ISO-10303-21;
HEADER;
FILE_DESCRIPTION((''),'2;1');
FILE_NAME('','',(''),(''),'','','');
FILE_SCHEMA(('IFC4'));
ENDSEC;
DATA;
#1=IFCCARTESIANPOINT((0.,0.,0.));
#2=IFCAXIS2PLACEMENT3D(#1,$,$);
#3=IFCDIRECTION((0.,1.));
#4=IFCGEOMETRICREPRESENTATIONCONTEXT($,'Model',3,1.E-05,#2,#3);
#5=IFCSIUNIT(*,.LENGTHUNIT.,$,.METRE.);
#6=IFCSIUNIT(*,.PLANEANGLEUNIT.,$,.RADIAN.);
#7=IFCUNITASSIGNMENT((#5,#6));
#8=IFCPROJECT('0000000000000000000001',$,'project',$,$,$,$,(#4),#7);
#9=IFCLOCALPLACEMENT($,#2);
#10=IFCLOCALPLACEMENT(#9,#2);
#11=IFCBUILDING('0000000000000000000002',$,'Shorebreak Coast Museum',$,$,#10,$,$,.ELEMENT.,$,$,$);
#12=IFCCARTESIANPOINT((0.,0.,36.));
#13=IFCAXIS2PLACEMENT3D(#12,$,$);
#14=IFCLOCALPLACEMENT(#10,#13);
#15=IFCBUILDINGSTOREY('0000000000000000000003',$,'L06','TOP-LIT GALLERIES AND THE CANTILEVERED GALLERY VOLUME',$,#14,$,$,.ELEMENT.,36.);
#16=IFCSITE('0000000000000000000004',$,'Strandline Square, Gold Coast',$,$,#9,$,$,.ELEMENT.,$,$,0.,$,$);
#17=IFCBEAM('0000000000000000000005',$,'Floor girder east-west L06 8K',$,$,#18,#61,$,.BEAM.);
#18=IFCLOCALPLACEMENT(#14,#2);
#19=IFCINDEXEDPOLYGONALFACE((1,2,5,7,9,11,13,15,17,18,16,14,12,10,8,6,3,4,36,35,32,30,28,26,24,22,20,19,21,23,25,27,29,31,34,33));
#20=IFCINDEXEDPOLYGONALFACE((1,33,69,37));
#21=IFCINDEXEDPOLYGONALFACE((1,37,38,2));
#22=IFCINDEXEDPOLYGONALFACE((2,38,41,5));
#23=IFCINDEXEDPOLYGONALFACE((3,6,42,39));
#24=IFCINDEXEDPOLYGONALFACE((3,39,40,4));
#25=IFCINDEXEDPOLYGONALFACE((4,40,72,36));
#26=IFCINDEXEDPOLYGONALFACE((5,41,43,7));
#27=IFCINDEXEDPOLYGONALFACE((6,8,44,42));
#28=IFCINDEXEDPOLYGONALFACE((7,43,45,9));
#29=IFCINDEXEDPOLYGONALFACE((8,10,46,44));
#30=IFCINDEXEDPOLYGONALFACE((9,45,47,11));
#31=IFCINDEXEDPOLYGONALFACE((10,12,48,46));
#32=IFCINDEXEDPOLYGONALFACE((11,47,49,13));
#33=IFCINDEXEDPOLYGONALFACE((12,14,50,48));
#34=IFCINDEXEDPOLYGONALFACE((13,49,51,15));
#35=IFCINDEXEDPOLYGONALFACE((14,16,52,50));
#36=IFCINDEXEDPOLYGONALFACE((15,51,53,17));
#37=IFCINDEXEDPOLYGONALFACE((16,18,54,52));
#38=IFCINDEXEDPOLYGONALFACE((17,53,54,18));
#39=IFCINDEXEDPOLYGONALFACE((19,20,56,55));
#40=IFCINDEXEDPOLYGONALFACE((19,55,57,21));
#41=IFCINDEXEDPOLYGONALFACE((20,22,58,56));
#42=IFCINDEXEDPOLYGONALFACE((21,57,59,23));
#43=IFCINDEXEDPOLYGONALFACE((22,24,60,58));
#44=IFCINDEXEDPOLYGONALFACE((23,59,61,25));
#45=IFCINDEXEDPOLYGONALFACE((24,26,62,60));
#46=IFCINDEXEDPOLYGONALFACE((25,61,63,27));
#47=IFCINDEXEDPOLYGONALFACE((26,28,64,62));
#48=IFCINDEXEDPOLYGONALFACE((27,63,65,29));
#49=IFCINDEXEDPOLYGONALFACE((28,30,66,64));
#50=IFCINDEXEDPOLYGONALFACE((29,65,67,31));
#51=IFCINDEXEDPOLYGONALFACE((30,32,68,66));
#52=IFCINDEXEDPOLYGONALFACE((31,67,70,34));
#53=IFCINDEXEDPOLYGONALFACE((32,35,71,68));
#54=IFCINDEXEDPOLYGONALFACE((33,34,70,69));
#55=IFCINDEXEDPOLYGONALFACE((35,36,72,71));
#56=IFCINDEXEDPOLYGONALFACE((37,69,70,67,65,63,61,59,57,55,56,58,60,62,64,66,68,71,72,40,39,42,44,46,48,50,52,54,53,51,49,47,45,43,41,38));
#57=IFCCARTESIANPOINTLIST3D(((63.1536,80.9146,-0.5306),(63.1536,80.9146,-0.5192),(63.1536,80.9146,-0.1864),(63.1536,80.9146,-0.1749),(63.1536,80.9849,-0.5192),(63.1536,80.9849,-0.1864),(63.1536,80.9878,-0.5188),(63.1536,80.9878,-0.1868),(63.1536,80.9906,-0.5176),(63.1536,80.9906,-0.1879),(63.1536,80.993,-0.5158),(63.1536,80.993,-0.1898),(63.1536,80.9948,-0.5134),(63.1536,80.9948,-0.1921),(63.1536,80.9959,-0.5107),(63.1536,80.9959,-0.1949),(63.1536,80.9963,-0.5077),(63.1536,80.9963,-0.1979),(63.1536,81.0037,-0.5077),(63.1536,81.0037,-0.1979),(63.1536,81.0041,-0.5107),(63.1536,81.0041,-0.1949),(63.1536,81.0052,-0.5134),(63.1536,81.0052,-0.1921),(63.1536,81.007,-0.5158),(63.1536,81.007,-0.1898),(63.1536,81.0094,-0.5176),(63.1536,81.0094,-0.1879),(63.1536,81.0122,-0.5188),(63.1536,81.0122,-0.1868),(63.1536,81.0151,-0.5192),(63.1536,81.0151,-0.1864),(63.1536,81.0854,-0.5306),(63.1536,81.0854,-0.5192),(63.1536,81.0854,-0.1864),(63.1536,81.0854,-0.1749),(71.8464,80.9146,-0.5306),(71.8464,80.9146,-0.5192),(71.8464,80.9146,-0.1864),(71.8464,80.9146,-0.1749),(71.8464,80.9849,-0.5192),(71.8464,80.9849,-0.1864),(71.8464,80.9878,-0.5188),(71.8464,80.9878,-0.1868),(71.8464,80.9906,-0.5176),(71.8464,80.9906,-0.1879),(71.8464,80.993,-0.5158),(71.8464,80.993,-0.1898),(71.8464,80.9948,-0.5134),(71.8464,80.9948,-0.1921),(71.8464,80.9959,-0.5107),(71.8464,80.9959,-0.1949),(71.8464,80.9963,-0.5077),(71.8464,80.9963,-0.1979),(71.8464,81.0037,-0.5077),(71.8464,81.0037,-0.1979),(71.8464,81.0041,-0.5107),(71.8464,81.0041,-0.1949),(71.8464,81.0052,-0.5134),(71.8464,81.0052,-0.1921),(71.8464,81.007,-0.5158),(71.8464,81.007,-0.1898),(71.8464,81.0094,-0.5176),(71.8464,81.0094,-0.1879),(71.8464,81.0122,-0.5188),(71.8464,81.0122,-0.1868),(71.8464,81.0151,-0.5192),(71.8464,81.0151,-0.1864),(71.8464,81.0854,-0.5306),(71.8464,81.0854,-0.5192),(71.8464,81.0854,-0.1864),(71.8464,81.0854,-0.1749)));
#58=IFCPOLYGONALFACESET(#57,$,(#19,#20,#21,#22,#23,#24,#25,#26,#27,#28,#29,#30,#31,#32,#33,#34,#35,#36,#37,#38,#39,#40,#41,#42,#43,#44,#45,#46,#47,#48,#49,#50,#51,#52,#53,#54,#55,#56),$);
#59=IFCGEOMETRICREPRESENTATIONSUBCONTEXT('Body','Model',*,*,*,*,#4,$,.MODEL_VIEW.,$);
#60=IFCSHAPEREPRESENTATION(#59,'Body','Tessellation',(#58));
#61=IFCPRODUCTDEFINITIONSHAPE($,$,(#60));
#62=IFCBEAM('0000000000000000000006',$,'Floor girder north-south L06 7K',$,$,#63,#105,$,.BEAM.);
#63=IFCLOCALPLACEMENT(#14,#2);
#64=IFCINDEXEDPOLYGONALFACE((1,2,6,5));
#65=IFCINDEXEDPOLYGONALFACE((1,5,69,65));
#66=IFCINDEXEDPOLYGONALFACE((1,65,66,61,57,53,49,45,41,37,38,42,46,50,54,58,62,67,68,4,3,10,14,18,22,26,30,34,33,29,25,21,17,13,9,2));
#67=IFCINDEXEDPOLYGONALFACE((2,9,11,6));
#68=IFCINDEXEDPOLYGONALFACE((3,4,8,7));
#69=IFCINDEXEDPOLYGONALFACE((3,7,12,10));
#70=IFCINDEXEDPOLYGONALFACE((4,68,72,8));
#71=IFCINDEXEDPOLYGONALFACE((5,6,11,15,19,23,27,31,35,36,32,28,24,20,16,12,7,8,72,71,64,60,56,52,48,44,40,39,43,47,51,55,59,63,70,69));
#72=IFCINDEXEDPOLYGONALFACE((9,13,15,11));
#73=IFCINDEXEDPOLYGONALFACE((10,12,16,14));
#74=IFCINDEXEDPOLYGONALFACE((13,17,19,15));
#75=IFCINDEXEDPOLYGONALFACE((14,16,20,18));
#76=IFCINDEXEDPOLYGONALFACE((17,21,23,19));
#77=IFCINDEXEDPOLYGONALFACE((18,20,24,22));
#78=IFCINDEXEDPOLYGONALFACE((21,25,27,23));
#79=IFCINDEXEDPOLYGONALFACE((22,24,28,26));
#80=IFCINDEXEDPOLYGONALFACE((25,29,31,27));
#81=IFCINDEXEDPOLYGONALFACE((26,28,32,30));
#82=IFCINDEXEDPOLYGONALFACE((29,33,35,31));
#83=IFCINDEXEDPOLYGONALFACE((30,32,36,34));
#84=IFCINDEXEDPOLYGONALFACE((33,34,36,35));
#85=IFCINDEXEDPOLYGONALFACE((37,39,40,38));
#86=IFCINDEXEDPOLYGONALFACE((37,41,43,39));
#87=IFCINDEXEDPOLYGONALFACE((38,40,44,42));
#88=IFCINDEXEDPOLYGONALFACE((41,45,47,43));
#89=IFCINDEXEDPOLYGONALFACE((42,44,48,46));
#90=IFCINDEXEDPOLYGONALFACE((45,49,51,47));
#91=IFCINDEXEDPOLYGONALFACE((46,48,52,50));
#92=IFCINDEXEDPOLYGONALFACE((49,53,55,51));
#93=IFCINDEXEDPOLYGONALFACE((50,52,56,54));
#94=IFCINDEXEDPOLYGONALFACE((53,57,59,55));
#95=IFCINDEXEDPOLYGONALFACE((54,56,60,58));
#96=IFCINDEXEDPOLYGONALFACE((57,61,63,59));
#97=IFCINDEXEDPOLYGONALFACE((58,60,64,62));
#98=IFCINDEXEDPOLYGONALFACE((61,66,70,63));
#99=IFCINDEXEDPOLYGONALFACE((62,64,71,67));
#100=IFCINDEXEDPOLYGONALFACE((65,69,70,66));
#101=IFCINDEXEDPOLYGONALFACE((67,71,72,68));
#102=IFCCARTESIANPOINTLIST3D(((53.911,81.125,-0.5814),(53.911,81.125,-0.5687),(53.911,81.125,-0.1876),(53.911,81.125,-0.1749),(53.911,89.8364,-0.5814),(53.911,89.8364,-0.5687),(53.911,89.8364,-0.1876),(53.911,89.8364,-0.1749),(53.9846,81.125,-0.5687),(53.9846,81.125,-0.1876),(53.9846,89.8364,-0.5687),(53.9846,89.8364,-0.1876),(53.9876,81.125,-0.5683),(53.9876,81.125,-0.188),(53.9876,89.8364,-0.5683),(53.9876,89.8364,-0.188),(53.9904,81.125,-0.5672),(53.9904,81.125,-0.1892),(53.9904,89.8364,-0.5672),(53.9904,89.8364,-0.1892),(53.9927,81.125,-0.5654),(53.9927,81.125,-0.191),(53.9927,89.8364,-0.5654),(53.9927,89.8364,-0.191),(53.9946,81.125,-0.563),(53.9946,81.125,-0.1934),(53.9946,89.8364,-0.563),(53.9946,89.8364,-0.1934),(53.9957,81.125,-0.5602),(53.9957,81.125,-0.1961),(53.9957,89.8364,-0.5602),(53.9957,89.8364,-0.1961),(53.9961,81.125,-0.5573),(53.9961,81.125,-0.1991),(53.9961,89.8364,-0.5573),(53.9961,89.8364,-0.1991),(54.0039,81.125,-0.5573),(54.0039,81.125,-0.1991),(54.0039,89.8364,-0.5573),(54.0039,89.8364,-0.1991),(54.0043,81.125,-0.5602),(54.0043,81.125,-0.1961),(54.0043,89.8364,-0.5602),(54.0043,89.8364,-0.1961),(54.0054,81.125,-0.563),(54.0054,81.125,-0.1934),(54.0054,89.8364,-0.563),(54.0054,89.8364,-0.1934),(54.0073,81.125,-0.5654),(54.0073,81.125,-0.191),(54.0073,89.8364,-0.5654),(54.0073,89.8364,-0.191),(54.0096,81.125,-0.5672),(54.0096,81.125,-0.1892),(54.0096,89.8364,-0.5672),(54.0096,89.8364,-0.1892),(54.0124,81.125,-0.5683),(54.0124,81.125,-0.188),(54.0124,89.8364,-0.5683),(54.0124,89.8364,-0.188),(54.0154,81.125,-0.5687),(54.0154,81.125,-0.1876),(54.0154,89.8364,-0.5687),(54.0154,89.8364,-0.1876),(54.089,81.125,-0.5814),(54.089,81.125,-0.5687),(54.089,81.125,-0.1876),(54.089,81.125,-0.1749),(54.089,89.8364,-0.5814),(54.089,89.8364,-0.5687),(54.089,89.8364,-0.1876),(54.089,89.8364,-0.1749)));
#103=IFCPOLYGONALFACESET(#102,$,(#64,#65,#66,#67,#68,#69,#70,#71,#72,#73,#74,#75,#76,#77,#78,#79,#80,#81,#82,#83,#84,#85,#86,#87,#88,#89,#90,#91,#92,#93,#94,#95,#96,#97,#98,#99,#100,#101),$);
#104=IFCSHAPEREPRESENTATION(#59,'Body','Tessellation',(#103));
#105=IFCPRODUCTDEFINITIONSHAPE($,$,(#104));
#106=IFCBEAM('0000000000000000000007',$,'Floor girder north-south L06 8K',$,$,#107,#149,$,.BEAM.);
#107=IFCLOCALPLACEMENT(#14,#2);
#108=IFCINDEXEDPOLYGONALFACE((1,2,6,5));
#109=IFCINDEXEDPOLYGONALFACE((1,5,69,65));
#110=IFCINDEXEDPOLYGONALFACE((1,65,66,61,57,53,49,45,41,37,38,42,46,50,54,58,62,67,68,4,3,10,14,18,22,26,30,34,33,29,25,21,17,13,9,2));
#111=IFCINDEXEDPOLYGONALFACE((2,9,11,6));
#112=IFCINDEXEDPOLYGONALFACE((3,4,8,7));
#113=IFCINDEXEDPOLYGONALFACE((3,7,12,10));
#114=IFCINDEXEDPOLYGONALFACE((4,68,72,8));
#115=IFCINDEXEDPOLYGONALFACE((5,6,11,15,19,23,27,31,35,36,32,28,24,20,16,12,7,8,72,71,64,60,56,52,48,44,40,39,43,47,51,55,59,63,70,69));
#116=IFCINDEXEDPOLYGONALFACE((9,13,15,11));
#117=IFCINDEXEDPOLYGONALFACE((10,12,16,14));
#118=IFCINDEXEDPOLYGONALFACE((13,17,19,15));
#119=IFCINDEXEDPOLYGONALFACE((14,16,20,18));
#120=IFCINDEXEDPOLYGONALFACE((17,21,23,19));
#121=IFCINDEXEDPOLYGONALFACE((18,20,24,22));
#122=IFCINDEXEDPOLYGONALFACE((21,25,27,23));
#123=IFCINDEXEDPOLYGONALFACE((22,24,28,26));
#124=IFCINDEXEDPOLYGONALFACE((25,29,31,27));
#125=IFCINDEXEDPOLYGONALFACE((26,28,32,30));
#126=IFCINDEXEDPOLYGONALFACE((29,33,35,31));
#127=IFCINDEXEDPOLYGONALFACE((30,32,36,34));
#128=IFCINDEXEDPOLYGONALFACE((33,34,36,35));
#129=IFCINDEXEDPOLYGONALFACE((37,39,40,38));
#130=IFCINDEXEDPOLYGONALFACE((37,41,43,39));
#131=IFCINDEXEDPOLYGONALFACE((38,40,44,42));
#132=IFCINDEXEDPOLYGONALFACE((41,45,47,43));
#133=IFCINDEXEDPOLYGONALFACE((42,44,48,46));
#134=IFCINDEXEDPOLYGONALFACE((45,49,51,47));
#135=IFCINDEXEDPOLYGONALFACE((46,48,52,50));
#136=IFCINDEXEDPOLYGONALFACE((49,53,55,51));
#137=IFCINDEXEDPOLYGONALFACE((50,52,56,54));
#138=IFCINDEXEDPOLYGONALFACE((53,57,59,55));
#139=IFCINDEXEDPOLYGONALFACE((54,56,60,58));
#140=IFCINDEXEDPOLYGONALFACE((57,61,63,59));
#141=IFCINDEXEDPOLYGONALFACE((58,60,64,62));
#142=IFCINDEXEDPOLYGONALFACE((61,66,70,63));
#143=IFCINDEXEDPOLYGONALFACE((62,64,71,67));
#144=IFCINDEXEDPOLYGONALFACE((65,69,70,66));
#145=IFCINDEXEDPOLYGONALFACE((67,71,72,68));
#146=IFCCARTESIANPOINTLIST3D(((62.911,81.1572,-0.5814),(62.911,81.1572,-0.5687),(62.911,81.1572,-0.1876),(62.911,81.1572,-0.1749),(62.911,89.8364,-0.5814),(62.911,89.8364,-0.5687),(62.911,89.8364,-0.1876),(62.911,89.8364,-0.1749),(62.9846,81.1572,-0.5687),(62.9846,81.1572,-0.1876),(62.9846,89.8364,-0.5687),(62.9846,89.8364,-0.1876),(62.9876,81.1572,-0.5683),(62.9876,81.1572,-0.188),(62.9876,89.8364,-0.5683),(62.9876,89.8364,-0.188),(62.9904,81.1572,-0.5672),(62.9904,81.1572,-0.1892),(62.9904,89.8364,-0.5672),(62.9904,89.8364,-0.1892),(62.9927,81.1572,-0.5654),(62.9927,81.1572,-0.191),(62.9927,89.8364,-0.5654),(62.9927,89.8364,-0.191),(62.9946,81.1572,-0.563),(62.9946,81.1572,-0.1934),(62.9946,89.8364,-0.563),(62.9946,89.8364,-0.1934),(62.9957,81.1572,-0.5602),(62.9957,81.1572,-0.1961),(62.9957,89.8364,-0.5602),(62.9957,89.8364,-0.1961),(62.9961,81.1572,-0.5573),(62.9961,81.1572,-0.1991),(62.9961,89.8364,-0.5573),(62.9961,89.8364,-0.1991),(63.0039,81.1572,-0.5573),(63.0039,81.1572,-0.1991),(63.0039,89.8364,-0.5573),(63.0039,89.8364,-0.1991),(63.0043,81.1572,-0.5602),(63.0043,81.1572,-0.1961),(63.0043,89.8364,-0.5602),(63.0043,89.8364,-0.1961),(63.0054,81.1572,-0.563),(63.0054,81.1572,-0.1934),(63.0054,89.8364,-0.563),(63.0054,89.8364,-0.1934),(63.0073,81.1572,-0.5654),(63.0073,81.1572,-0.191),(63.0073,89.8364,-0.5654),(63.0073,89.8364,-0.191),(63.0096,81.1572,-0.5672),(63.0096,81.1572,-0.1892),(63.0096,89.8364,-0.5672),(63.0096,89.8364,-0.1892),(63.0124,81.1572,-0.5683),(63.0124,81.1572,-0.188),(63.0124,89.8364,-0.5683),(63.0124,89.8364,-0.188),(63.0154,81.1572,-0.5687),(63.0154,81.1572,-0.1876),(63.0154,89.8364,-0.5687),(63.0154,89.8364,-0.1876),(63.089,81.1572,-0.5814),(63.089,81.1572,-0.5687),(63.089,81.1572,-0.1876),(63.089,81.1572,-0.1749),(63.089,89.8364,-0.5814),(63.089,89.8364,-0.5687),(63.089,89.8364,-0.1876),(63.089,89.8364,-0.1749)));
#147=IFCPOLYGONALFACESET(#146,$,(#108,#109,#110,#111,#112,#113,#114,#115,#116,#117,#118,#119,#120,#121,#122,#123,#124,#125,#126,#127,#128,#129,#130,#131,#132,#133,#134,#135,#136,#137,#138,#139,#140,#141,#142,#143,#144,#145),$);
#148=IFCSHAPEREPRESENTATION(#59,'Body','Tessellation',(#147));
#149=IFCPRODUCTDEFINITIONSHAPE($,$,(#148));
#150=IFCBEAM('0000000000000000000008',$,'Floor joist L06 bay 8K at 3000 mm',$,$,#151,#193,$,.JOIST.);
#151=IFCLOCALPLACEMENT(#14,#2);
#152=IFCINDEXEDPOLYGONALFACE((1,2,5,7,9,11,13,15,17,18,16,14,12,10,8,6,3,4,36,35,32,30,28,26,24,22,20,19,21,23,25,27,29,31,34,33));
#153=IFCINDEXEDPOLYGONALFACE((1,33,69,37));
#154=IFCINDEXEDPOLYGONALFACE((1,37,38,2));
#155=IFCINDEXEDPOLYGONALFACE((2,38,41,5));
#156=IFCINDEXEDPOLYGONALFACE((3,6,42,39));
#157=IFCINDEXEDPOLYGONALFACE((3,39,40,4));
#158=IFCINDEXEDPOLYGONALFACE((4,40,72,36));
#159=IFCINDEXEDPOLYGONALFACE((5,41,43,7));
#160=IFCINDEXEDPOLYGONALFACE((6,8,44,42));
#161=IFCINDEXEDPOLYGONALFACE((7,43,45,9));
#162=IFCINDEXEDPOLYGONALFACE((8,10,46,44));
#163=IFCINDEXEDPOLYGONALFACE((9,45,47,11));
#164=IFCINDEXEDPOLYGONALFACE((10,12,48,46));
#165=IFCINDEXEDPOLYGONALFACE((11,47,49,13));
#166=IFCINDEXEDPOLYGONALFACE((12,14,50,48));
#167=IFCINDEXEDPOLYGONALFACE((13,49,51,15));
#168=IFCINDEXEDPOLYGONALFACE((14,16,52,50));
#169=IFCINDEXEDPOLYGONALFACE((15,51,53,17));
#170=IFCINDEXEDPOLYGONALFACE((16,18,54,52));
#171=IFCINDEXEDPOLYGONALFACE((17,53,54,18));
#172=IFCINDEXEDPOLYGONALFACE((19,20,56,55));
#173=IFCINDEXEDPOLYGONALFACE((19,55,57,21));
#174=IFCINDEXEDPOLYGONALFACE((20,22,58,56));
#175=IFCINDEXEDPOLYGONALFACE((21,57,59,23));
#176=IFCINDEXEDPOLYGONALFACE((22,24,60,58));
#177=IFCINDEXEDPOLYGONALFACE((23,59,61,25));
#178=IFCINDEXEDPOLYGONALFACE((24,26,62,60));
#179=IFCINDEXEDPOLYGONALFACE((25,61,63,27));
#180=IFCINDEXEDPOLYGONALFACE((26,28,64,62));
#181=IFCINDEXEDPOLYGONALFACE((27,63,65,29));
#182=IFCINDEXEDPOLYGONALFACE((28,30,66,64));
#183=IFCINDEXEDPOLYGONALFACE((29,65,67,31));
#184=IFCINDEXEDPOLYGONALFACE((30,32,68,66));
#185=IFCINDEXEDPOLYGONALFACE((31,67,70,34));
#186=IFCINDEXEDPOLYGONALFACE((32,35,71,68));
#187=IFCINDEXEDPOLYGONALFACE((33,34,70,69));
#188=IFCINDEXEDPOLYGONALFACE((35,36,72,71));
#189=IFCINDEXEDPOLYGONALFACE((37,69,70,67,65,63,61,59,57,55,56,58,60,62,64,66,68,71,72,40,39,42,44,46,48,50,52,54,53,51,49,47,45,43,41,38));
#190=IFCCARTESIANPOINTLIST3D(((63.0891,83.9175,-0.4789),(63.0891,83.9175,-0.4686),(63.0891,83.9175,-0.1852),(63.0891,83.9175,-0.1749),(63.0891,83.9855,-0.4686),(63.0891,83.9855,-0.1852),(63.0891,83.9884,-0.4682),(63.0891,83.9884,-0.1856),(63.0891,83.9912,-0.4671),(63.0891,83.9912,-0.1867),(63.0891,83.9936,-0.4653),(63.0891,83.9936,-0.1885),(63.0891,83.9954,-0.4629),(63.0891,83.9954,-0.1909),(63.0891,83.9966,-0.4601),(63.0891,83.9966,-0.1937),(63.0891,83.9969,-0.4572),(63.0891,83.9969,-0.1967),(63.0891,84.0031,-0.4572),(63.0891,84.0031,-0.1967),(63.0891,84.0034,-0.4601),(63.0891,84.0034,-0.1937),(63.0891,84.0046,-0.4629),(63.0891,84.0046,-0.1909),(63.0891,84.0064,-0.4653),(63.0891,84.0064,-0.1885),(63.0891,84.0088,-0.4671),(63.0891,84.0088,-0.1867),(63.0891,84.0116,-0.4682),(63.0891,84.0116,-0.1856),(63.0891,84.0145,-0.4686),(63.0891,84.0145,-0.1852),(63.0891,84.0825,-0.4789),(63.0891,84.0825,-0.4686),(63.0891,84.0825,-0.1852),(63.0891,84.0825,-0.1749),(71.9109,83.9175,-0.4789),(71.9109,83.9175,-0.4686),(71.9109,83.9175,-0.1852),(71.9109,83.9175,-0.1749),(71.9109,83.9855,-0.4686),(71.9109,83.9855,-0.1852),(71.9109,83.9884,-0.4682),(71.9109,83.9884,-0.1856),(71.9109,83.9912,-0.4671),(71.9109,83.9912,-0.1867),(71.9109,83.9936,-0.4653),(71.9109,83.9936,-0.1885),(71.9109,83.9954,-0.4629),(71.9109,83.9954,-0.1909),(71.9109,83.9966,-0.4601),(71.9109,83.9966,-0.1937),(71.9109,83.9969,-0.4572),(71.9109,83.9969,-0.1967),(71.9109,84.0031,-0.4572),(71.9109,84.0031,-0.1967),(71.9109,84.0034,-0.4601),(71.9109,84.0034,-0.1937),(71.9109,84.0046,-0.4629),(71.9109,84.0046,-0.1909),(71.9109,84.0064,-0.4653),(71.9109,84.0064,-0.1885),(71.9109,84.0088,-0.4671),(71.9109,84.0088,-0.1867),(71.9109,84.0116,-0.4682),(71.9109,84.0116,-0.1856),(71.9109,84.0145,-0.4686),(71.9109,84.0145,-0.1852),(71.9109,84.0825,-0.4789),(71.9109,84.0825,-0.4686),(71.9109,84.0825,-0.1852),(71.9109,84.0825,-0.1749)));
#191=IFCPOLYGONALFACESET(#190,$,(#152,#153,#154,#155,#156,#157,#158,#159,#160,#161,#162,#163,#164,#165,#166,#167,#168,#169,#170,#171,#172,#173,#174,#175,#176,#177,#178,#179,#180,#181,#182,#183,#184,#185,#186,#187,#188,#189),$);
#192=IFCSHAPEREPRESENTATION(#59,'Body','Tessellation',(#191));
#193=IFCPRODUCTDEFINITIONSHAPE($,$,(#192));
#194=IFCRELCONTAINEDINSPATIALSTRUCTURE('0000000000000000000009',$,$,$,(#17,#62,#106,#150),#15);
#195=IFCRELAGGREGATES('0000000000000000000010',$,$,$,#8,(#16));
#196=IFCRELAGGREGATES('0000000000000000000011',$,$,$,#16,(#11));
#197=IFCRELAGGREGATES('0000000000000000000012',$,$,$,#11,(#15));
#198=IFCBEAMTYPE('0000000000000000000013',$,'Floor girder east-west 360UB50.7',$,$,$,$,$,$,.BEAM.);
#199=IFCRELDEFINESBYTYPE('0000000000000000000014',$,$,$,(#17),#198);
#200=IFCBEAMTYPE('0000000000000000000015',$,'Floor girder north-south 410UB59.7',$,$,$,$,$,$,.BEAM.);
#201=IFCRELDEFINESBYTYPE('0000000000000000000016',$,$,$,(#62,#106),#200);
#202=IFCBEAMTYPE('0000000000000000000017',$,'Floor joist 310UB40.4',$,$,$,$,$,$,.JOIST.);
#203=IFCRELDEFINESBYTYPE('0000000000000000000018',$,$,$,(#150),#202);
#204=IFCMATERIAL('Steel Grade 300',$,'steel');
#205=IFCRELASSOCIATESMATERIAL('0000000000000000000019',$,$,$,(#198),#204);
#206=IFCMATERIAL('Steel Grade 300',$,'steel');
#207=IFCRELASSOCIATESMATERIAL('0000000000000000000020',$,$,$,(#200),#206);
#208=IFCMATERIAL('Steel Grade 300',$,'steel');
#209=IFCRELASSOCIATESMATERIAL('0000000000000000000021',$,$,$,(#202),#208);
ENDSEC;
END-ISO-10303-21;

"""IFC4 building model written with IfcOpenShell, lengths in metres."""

from ifc_helpers import new_model, si_unit, direction, frame, origin, origin_2d, place, context, subcontext, project, spatial, i_section, extrude, material, material_profile, profile_set, type_object, element, save


model = new_model("IFC4")

# Units and contexts
model_context = context("Model", 3, precision=1e-05, world=origin(), true_north=direction((0.0, 1.0)))
body_context = subcontext(model_context, "Body", "Model", "MODEL_VIEW")
ifc_project = project(units=[si_unit("LENGTHUNIT", "METRE"), si_unit("PLANEANGLEUNIT", "RADIAN")], contexts=[model_context])

# Site, building, storey
site_placement = place(None, origin())
site = spatial("IfcSite", under=ifc_project, at=site_placement, Name="Strandline Square, Gold Coast", CompositionType="ELEMENT", RefElevation=0.0)
building_placement = place(site_placement, origin())
building = spatial("IfcBuilding", under=site, at=building_placement, Name="Shorebreak Coast Museum", CompositionType="ELEMENT")
storey_placement = place(building_placement, frame((0.0, 0.0, 36.0)))
storey = spatial("IfcBuildingStorey", under=building, at=storey_placement, Name="L06", Description="TOP-LIT GALLERIES AND THE CANTILEVERED GALLERY VOLUME", CompositionType="ELEMENT", Elevation=36.0)

# Beams
ifc_material_1 = material(Name="Steel Grade 300", Category="steel")
ifc_material_profile_1 = material_profile(ifc_material_1, i_section(OverallWidth=0.1709, OverallDepth=0.3557, WebThickness=0.0073, FlangeThickness=0.0115, FilletRadius=0.0115, at=origin_2d()), Name="360UB50.7")
ifc_profile_set_1 = profile_set([ifc_material_profile_1], Name="Steel Grade 300")
beam_type_1 = type_object("IfcBeamType", Name="Floor girder east-west 360UB50.7", PredefinedType="BEAM", material=ifc_profile_set_1)
beam_1_placement = place(storey_placement, frame((63.1536, 81.0, -0.3528), z_axis=(1.0, 0.0, 0.0), x_axis=(0.0, 1.0, 0.0)))
element("IfcBeam", 1, at=beam_1_placement, inside=storey, type_object=beam_type_1, Name="Floor girder east-west L06 8K", PredefinedType="BEAM", context=body_context, shape_type="SweptSolid", body=[
    extrude(i_section(OverallWidth=0.1709, OverallDepth=0.3557, WebThickness=0.0073, FlangeThickness=0.0115, FilletRadius=0.0115, at=origin_2d()), origin(), (0.0, 0.0, 1.0), 8.6929),
])
ifc_material_2 = material(Name="Steel Grade 300", Category="steel")
ifc_material_profile_2 = material_profile(ifc_material_2, i_section(OverallWidth=0.178, OverallDepth=0.4065, WebThickness=0.0078, FlangeThickness=0.0127, FilletRadius=0.0115, at=origin_2d()), Name="410UB59.7")
ifc_profile_set_2 = profile_set([ifc_material_profile_2], Name="Steel Grade 300")
beam_type_2 = type_object("IfcBeamType", Name="Floor girder north-south 410UB59.7", PredefinedType="BEAM", material=ifc_profile_set_2)
beam_2_placement = place(storey_placement, frame((54.0, 81.125, -0.3782), z_axis=(0.0, 1.0, 0.0), x_axis=(-1.0, 0.0, 0.0)))
element("IfcBeam", 2, at=beam_2_placement, inside=storey, type_object=beam_type_2, Name="Floor girder north-south L06 7K", PredefinedType="BEAM", context=body_context, shape_type="SweptSolid", body=[
    extrude(i_section(OverallWidth=0.178, OverallDepth=0.4065, WebThickness=0.0078, FlangeThickness=0.0127, FilletRadius=0.0115, at=origin_2d()), origin(), (0.0, 0.0, 1.0), 8.7114),
])
beam_3_placement = place(storey_placement, frame((63.0, 81.1572, -0.3782), z_axis=(0.0, 1.0, 0.0), x_axis=(-1.0, 0.0, 0.0)))
element("IfcBeam", 3, at=beam_3_placement, inside=storey, type_object=beam_type_2, Name="Floor girder north-south L06 8K", PredefinedType="BEAM", context=body_context, shape_type="SweptSolid", body=[
    extrude(i_section(OverallWidth=0.178, OverallDepth=0.4065, WebThickness=0.0078, FlangeThickness=0.0127, FilletRadius=0.0115, at=origin_2d()), origin(), (0.0, 0.0, 1.0), 8.6792),
])
ifc_material_3 = material(Name="Steel Grade 300", Category="steel")
ifc_material_profile_3 = material_profile(ifc_material_3, i_section(OverallWidth=0.165, OverallDepth=0.304, WebThickness=0.0061, FlangeThickness=0.0103, FilletRadius=0.0115, at=origin_2d()), Name="310UB40.4")
ifc_profile_set_3 = profile_set([ifc_material_profile_3], Name="Steel Grade 300")
beam_type_3 = type_object("IfcBeamType", Name="Floor joist 310UB40.4", PredefinedType="JOIST", material=ifc_profile_set_3)
beam_4_placement = place(storey_placement, frame((63.0891, 84.0, -0.3269), z_axis=(1.0, 0.0, 0.0), x_axis=(0.0, 1.0, 0.0)))
element("IfcBeam", 4, at=beam_4_placement, inside=storey, type_object=beam_type_3, Name="Floor joist L06 bay 8K at 3000 mm", PredefinedType="JOIST", context=body_context, shape_type="SweptSolid", body=[
    extrude(i_section(OverallWidth=0.165, OverallDepth=0.304, WebThickness=0.0061, FlangeThickness=0.0103, FilletRadius=0.0115, at=origin_2d()), origin(), (0.0, 0.0, 1.0), 8.8218),
])

save(model, "model.ifc")
